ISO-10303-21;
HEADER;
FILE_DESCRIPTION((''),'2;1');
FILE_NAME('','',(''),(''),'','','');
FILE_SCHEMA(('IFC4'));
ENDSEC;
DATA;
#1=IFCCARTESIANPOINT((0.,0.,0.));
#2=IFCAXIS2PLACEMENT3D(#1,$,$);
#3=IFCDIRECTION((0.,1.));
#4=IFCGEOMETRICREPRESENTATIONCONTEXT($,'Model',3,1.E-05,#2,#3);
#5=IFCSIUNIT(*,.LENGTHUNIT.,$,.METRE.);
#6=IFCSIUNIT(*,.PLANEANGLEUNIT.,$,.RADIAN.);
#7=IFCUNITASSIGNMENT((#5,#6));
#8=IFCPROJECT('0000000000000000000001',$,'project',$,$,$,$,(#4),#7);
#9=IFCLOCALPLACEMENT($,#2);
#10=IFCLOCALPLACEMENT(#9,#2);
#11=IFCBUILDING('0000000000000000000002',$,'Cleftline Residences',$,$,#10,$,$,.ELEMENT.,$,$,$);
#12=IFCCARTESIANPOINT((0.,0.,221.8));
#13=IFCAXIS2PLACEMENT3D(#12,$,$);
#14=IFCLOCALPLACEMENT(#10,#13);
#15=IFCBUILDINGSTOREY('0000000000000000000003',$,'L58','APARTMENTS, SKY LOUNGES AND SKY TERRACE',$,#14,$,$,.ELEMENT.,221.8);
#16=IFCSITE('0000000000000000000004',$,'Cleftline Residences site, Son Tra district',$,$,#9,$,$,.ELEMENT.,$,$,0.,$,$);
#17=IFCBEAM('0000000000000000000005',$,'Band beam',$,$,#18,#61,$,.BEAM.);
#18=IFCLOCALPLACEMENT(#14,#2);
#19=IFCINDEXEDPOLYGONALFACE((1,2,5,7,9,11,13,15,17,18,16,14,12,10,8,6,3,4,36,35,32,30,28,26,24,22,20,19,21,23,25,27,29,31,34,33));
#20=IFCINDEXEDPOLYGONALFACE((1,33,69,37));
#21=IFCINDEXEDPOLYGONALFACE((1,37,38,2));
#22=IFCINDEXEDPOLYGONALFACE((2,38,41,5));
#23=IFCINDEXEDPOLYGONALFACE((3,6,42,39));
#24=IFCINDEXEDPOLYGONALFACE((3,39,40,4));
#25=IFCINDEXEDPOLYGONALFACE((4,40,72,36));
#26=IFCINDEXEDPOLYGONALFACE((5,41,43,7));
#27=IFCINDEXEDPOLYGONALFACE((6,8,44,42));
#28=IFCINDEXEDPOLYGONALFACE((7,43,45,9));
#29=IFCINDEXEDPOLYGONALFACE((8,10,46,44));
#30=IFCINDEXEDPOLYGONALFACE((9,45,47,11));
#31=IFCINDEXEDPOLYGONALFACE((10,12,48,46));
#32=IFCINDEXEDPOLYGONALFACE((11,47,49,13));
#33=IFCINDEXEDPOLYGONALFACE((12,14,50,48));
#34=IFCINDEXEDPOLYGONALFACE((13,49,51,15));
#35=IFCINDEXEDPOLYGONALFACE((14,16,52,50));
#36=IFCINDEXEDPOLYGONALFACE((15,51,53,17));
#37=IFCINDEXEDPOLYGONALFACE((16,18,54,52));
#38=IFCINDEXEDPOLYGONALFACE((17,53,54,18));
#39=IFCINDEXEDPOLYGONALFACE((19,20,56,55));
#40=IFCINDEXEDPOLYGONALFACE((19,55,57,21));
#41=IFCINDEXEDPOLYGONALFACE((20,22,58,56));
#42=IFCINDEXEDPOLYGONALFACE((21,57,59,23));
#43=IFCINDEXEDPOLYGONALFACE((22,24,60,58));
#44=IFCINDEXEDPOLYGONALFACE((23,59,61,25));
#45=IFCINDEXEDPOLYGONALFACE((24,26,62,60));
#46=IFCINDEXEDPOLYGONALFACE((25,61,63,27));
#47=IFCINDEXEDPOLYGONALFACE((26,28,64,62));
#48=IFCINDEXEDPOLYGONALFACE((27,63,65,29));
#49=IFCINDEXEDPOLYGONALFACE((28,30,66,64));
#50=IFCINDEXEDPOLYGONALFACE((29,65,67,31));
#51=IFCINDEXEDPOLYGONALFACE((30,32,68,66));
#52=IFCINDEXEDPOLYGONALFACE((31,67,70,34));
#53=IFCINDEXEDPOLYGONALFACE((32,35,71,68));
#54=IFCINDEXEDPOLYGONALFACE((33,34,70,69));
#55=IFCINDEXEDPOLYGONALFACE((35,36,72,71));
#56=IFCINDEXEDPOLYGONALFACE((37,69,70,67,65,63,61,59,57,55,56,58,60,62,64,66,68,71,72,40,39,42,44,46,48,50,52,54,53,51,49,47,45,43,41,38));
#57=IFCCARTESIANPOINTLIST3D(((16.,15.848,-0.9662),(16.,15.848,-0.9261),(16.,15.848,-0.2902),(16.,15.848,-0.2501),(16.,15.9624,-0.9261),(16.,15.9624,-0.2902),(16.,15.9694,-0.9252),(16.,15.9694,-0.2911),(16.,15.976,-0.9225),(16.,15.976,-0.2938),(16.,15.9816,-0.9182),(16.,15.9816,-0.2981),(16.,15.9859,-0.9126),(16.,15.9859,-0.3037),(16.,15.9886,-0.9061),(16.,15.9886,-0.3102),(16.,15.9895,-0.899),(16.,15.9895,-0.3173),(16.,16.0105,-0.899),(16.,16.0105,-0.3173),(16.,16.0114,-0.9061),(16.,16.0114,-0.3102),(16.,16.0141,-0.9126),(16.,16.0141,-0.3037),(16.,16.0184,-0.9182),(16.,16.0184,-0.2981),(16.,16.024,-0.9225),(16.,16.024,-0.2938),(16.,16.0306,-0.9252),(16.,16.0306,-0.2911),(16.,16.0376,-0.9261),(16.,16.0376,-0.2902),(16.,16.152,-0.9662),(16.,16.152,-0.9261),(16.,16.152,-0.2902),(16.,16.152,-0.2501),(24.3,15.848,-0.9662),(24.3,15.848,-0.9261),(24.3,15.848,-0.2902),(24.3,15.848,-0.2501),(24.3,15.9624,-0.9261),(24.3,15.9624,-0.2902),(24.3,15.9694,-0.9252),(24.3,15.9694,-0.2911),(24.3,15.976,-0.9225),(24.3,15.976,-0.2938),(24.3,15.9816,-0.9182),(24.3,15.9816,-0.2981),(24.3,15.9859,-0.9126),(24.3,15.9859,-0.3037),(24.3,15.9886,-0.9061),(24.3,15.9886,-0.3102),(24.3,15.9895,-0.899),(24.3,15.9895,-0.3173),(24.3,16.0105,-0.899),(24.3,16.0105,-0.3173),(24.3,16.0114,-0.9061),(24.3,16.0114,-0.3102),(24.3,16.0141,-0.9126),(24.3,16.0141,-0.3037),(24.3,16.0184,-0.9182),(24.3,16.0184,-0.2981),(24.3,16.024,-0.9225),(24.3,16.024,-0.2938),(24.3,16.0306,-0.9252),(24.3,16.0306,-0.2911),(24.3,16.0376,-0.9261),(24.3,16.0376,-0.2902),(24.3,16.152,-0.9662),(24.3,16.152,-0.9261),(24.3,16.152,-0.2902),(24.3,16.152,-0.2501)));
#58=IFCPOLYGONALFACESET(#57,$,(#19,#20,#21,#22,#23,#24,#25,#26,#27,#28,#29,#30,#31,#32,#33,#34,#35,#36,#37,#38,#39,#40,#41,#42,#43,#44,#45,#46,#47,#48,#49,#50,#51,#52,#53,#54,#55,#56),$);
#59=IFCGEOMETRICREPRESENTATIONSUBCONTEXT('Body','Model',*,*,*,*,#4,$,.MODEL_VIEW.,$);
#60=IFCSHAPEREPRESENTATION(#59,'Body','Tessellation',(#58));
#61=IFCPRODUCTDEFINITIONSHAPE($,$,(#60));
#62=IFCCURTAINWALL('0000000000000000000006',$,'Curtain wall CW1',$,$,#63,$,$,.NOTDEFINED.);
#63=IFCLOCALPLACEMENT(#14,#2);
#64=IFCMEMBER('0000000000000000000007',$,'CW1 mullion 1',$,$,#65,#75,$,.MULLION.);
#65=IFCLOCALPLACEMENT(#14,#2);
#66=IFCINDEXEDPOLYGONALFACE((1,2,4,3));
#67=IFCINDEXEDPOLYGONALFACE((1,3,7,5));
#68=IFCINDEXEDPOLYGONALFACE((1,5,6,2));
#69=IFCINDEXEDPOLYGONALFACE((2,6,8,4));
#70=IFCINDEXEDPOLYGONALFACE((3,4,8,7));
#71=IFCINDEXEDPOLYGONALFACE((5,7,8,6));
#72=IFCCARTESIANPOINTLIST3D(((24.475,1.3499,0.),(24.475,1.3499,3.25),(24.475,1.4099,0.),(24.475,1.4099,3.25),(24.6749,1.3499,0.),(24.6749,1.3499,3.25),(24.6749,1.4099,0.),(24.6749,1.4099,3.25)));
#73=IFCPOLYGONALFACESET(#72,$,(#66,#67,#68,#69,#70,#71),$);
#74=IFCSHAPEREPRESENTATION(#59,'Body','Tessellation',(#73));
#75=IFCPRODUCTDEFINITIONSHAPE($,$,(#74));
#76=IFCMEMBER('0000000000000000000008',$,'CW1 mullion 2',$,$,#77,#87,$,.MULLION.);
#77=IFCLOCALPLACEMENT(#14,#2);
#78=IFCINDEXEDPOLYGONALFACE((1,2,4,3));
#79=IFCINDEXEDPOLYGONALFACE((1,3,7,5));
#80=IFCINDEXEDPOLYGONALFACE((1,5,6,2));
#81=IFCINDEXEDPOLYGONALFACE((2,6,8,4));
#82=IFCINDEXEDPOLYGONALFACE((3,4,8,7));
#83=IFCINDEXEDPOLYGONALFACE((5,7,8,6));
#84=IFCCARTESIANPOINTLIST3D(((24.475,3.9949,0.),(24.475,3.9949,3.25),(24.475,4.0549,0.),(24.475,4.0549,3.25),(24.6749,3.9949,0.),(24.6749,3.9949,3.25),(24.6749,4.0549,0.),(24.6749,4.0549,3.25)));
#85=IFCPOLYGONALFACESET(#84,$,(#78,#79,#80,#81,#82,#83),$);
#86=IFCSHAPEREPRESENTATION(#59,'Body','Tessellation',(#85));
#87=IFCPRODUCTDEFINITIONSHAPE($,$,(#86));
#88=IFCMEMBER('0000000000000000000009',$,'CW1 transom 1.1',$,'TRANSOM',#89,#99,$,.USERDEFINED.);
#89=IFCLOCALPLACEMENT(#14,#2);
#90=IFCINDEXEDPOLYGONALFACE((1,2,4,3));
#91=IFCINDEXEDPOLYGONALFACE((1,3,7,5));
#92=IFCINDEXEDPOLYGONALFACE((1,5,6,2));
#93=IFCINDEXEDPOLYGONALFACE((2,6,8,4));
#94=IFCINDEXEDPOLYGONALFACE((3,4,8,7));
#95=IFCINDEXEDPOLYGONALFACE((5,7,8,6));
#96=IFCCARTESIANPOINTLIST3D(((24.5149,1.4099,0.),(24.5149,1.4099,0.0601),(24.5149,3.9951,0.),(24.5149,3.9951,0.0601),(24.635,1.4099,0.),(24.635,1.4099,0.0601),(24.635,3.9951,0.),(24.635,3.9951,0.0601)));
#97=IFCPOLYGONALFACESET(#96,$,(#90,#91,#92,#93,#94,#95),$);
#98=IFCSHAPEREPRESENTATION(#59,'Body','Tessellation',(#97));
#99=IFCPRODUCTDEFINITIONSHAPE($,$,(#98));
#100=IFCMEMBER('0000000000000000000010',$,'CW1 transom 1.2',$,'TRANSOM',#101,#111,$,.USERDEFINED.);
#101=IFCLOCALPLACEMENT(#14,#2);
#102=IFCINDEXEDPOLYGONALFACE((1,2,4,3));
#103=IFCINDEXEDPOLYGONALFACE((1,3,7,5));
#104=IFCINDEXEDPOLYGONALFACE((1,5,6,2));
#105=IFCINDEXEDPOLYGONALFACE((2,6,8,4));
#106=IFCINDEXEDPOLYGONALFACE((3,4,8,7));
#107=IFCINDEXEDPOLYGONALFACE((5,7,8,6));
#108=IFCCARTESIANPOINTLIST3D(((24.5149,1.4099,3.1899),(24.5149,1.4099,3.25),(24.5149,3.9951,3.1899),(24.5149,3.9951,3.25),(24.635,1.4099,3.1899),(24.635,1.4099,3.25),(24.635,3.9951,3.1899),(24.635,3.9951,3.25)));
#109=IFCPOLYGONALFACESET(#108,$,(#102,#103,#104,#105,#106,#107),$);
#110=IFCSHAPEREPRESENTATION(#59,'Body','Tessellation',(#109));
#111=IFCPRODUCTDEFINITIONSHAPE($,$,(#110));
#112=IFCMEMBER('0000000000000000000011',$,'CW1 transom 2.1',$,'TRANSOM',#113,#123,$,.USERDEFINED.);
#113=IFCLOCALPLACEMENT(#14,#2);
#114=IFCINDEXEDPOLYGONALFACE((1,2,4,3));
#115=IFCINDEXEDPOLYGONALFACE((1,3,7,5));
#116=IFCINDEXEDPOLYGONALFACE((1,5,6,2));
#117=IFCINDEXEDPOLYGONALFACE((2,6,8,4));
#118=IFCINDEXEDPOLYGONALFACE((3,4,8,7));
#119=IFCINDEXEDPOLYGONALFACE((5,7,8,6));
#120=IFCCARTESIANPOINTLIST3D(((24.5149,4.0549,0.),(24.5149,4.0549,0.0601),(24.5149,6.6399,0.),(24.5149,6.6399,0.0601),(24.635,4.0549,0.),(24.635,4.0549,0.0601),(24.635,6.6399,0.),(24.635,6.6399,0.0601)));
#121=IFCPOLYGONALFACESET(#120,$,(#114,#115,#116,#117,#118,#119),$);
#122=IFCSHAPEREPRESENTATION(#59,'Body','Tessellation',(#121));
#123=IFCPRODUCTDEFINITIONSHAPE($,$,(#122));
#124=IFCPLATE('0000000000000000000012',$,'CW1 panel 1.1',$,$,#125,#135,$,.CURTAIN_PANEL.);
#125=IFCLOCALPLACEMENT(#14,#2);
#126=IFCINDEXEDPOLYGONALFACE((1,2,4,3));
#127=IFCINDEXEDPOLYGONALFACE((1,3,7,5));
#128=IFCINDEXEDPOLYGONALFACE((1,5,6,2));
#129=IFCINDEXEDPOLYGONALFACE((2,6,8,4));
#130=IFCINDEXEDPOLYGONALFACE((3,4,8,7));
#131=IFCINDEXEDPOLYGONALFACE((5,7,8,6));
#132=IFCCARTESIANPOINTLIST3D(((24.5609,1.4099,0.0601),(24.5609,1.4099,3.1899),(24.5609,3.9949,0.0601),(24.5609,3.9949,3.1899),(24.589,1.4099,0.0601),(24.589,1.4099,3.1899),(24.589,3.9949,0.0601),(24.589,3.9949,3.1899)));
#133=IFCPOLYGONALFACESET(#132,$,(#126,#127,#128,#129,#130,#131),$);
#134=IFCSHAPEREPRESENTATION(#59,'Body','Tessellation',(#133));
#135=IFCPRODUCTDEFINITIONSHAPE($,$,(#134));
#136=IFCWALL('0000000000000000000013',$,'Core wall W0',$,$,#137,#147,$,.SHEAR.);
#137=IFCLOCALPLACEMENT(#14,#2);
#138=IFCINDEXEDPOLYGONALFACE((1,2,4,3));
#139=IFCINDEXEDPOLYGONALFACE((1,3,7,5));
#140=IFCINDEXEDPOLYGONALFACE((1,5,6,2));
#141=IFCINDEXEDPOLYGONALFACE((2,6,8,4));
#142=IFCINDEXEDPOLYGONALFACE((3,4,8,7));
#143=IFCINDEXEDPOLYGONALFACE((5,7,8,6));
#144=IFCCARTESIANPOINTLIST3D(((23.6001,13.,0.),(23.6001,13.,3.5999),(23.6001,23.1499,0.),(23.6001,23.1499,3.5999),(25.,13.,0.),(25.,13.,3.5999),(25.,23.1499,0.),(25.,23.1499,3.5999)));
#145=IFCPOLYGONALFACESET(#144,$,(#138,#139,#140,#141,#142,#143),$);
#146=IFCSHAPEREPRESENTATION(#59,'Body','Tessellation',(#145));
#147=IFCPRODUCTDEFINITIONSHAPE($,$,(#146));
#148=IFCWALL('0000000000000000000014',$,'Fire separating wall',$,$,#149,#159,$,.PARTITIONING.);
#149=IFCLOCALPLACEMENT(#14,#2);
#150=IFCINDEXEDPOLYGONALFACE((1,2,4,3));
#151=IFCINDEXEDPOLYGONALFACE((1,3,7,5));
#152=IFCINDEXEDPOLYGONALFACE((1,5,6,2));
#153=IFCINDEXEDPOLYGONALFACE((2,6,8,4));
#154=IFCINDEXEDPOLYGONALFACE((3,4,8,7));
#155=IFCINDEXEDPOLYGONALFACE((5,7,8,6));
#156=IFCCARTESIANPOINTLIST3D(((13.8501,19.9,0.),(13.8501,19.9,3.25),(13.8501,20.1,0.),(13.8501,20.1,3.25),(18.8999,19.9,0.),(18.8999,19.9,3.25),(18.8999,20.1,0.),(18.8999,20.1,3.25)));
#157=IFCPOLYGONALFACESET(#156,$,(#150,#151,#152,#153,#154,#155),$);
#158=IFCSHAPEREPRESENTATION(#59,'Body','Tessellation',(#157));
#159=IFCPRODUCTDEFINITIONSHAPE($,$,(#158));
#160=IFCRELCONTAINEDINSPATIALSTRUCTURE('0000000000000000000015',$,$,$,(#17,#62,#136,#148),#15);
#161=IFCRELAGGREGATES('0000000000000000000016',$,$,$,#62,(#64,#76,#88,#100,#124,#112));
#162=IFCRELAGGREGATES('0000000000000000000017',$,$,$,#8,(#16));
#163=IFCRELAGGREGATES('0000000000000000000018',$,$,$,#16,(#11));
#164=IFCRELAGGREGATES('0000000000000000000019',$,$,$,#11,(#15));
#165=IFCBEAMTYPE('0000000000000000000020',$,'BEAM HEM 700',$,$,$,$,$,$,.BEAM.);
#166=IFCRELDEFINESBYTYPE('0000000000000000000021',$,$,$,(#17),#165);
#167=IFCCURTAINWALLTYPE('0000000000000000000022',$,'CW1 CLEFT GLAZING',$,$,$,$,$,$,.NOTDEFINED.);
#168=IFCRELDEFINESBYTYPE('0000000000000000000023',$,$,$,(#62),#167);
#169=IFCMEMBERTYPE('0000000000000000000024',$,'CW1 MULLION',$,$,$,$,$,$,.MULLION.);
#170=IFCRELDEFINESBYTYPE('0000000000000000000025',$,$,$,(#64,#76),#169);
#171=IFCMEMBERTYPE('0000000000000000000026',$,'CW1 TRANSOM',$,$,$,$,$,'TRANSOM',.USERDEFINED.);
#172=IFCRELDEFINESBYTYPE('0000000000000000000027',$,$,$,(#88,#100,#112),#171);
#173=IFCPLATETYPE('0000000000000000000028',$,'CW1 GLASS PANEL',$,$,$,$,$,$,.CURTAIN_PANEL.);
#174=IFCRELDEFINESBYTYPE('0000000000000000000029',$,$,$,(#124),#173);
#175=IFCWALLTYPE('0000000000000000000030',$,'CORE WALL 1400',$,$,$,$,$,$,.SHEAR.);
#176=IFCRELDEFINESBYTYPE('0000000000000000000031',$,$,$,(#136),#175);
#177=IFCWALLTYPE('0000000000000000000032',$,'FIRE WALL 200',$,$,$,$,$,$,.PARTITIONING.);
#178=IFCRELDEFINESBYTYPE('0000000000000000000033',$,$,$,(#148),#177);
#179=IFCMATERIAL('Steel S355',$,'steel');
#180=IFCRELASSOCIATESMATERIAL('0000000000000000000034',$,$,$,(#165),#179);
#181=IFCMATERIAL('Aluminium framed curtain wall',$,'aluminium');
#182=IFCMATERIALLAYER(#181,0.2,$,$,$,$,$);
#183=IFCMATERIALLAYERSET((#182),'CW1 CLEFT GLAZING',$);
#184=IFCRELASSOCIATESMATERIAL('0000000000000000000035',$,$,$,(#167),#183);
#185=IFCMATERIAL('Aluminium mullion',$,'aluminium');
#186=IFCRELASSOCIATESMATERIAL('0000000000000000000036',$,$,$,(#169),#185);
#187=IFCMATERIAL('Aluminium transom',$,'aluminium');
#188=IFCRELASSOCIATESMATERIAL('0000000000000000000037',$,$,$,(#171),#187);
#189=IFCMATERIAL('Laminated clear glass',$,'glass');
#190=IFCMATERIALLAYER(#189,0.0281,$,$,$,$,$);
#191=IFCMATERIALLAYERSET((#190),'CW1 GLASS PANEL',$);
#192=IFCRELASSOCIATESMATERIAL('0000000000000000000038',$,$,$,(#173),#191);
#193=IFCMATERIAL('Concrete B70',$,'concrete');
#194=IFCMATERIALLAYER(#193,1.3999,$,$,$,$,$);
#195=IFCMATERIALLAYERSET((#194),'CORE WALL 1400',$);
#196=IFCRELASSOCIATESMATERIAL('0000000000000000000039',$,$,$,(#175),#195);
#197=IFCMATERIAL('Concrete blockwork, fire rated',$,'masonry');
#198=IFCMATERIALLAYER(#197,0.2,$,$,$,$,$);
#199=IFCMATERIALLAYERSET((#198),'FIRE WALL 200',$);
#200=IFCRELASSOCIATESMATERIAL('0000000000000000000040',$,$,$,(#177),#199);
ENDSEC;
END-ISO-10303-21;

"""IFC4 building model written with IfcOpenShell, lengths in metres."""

from ifc_helpers import new_model, si_unit, direction, frame, frame_2d, origin, origin_2d, place, context, subcontext, project, spatial, rectangle, i_section, extrude, material, layer, layer_set, material_profile, profile_set, type_object, element, aggregate, save


model = new_model("IFC4")

# Units and contexts
model_context = context("Model", 3, precision=1e-05, world=origin(), true_north=direction((0.0, 1.0)))
body_context = subcontext(model_context, "Body", "Model", "MODEL_VIEW")
ifc_project = project(units=[si_unit("LENGTHUNIT", "METRE"), si_unit("PLANEANGLEUNIT", "RADIAN")], contexts=[model_context])

# Site, building, storey
site_placement = place(None, origin())
site = spatial("IfcSite", under=ifc_project, at=site_placement, Name="Cleftline Residences site, Son Tra district", CompositionType="ELEMENT", RefElevation=0.0)
building_placement = place(site_placement, origin())
building = spatial("IfcBuilding", under=site, at=building_placement, Name="Cleftline Residences", CompositionType="ELEMENT")
storey_placement = place(building_placement, frame((0.0, 0.0, 221.8)))
storey = spatial("IfcBuildingStorey", under=building, at=storey_placement, Name="L58", Description="APARTMENTS, SKY LOUNGES AND SKY TERRACE", CompositionType="ELEMENT", Elevation=221.8)

# Beam
ifc_material_1 = material(Name="Steel S355", Category="steel")
ifc_material_profile_1 = material_profile(ifc_material_1, i_section(OverallWidth=0.304, OverallDepth=0.7161, WebThickness=0.021, FlangeThickness=0.04, FilletRadius=0.0271, at=origin_2d()))
ifc_profile_set_1 = profile_set([ifc_material_profile_1], Name="Steel S355")
beam_type_1 = type_object("IfcBeamType", Name="BEAM HEM 700", PredefinedType="BEAM", material=ifc_profile_set_1)
beam_placement = place(storey_placement, frame((16.0, 16.0, -0.6082), z_axis=(1.0, 0.0, 0.0), x_axis=(0.0, 1.0, 0.0)))
element("IfcBeam", 1, at=beam_placement, inside=storey, type_object=beam_type_1, Name="Band beam", PredefinedType="BEAM", context=body_context, shape_type="SweptSolid", body=[
    extrude(i_section(OverallWidth=0.304, OverallDepth=0.7161, WebThickness=0.021, FlangeThickness=0.04, FilletRadius=0.0271, at=origin_2d()), origin(), (0.0, 0.0, 1.0), 8.3),
])

# Curtain wall, members, plate
ifc_material_2 = material(Name="Aluminium framed curtain wall", Category="aluminium")
ifc_layer_1 = layer(ifc_material_2, 0.2)
ifc_layer_set_1 = layer_set([ifc_layer_1], Name="CW1 CLEFT GLAZING")
curtain_wall_type = type_object("IfcCurtainWallType", Name="CW1 CLEFT GLAZING", PredefinedType="NOTDEFINED", material=ifc_layer_set_1)
curtain_wall_placement = place(storey_placement, origin())
curtain_wall = element("IfcCurtainWall", 2, at=curtain_wall_placement, inside=storey, type_object=curtain_wall_type, Name="Curtain wall CW1", PredefinedType="NOTDEFINED")
ifc_material_3 = material(Name="Aluminium mullion", Category="aluminium")
ifc_material_profile_2 = material_profile(ifc_material_3, rectangle(XDim=0.2, YDim=0.0601, at=origin_2d()))
ifc_profile_set_2 = profile_set([ifc_material_profile_2], Name="Aluminium mullion")
member_type_1 = type_object("IfcMemberType", Name="CW1 MULLION", PredefinedType="MULLION", material=ifc_profile_set_2)
member_1_placement = place(storey_placement, frame((24.575, 1.3799, 0.0), z_axis=(0.0, 0.0, 1.0), x_axis=(-1.0, 0.0, 0.0)))
member_1 = element("IfcMember", 3, at=member_1_placement, type_object=member_type_1, Name="CW1 mullion 1", PredefinedType="MULLION", context=body_context, shape_type="SweptSolid", body=[
    extrude(rectangle(XDim=0.2, YDim=0.0601, at=origin_2d()), origin(), (0.0, 0.0, 1.0), 3.25),
])
member_2_placement = place(storey_placement, frame((24.575, 4.0249, 0.0), z_axis=(0.0, 0.0, 1.0), x_axis=(-1.0, 0.0, 0.0)))
member_2 = element("IfcMember", 4, at=member_2_placement, type_object=member_type_1, Name="CW1 mullion 2", PredefinedType="MULLION", context=body_context, shape_type="SweptSolid", body=[
    extrude(rectangle(XDim=0.2, YDim=0.0601, at=origin_2d()), origin(), (0.0, 0.0, 1.0), 3.25),
])
ifc_material_4 = material(Name="Aluminium transom", Category="aluminium")
ifc_material_profile_3 = material_profile(ifc_material_4, rectangle(XDim=0.1201, YDim=0.0601, at=origin_2d()))
ifc_profile_set_3 = profile_set([ifc_material_profile_3], Name="Aluminium transom")
member_type_2 = type_object("IfcMemberType", Name="CW1 TRANSOM", ElementType="TRANSOM", PredefinedType="USERDEFINED", material=ifc_profile_set_3)
member_3_placement = place(storey_placement, frame((24.575, 1.4099, 0.03), z_axis=(0.0, 1.0, 0.0), x_axis=(-1.0, 0.0, 0.0)))
member_3 = element("IfcMember", 5, at=member_3_placement, type_object=member_type_2, Name="CW1 transom 1.1", ObjectType="TRANSOM", PredefinedType="USERDEFINED", context=body_context, shape_type="SweptSolid", body=[
    extrude(rectangle(XDim=0.1201, YDim=0.0601, at=origin_2d()), origin(), (0.0, 0.0, 1.0), 2.5852),
])
member_4_placement = place(storey_placement, frame((24.575, 1.4099, 3.22), z_axis=(0.0, 1.0, 0.0), x_axis=(-1.0, 0.0, 0.0)))
member_4 = element("IfcMember", 6, at=member_4_placement, type_object=member_type_2, Name="CW1 transom 1.2", ObjectType="TRANSOM", PredefinedType="USERDEFINED", context=body_context, shape_type="SweptSolid", body=[
    extrude(rectangle(XDim=0.1201, YDim=0.0601, at=origin_2d()), origin(), (0.0, 0.0, 1.0), 2.5852),
])
member_5_placement = place(storey_placement, frame((24.575, 4.0549, 0.03), z_axis=(0.0, 1.0, 0.0), x_axis=(-1.0, 0.0, 0.0)))
member_5 = element("IfcMember", 7, at=member_5_placement, type_object=member_type_2, Name="CW1 transom 2.1", ObjectType="TRANSOM", PredefinedType="USERDEFINED", context=body_context, shape_type="SweptSolid", body=[
    extrude(rectangle(XDim=0.1201, YDim=0.0601, at=origin_2d()), origin(), (0.0, 0.0, 1.0), 2.585),
])
ifc_material_5 = material(Name="Laminated clear glass", Category="glass")
ifc_layer_2 = layer(ifc_material_5, 0.0281)
ifc_layer_set_2 = layer_set([ifc_layer_2], Name="CW1 GLASS PANEL")
plate_type = type_object("IfcPlateType", Name="CW1 GLASS PANEL", PredefinedType="CURTAIN_PANEL", material=ifc_layer_set_2)
plate_placement = place(storey_placement, frame((24.575, 2.7024, 0.0601), z_axis=(0.0, 0.0, 1.0), x_axis=(0.0, 1.0, 0.0)))
plate = element("IfcPlate", 8, at=plate_placement, type_object=plate_type, Name="CW1 panel 1.1", PredefinedType="CURTAIN_PANEL", context=body_context, shape_type="SweptSolid", body=[
    extrude(rectangle(XDim=2.585, YDim=0.0281, at=origin_2d()), origin(), (0.0, 0.0, 1.0), 3.1299),
])
aggregate(curtain_wall, [member_1, member_2, member_3, member_4, plate, member_5])

# Walls
ifc_material_6 = material(Name="Concrete B70", Category="concrete")
ifc_layer_3 = layer(ifc_material_6, 1.3999)
ifc_layer_set_3 = layer_set([ifc_layer_3], Name="CORE WALL 1400")
wall_type_1 = type_object("IfcWallType", Name="CORE WALL 1400", PredefinedType="SHEAR", material=ifc_layer_set_3)
wall_1_placement = place(storey_placement, frame((24.3, 13.0, 0.0), z_axis=(0.0, 0.0, 1.0), x_axis=(0.0, 1.0, 0.0)))
element("IfcWall", 9, at=wall_1_placement, inside=storey, type_object=wall_type_1, Name="Core wall W0", PredefinedType="SHEAR", context=body_context, shape_type="SweptSolid", body=[
    extrude(rectangle(XDim=10.1499, YDim=1.3999, at=frame_2d((5.075, 0.0))), origin(), (0.0, 0.0, 1.0), 3.5999),
])
ifc_material_7 = material(Name="Concrete blockwork, fire rated", Category="masonry")
ifc_layer_4 = layer(ifc_material_7, 0.2)
ifc_layer_set_4 = layer_set([ifc_layer_4], Name="FIRE WALL 200")
wall_type_2 = type_object("IfcWallType", Name="FIRE WALL 200", PredefinedType="PARTITIONING", material=ifc_layer_set_4)
wall_2_placement = place(storey_placement, frame((13.8501, 20.0, 0.0), z_axis=(0.0, 0.0, 1.0), x_axis=(1.0, 0.0, 0.0)))
element("IfcWall", 10, at=wall_2_placement, inside=storey, type_object=wall_type_2, Name="Fire separating wall", PredefinedType="PARTITIONING", context=body_context, shape_type="SweptSolid", body=[
    extrude(rectangle(XDim=5.0498, YDim=0.2, at=frame_2d((2.5249, 0.0))), origin(), (0.0, 0.0, 1.0), 3.25),
])

save(model, "model.ifc")
